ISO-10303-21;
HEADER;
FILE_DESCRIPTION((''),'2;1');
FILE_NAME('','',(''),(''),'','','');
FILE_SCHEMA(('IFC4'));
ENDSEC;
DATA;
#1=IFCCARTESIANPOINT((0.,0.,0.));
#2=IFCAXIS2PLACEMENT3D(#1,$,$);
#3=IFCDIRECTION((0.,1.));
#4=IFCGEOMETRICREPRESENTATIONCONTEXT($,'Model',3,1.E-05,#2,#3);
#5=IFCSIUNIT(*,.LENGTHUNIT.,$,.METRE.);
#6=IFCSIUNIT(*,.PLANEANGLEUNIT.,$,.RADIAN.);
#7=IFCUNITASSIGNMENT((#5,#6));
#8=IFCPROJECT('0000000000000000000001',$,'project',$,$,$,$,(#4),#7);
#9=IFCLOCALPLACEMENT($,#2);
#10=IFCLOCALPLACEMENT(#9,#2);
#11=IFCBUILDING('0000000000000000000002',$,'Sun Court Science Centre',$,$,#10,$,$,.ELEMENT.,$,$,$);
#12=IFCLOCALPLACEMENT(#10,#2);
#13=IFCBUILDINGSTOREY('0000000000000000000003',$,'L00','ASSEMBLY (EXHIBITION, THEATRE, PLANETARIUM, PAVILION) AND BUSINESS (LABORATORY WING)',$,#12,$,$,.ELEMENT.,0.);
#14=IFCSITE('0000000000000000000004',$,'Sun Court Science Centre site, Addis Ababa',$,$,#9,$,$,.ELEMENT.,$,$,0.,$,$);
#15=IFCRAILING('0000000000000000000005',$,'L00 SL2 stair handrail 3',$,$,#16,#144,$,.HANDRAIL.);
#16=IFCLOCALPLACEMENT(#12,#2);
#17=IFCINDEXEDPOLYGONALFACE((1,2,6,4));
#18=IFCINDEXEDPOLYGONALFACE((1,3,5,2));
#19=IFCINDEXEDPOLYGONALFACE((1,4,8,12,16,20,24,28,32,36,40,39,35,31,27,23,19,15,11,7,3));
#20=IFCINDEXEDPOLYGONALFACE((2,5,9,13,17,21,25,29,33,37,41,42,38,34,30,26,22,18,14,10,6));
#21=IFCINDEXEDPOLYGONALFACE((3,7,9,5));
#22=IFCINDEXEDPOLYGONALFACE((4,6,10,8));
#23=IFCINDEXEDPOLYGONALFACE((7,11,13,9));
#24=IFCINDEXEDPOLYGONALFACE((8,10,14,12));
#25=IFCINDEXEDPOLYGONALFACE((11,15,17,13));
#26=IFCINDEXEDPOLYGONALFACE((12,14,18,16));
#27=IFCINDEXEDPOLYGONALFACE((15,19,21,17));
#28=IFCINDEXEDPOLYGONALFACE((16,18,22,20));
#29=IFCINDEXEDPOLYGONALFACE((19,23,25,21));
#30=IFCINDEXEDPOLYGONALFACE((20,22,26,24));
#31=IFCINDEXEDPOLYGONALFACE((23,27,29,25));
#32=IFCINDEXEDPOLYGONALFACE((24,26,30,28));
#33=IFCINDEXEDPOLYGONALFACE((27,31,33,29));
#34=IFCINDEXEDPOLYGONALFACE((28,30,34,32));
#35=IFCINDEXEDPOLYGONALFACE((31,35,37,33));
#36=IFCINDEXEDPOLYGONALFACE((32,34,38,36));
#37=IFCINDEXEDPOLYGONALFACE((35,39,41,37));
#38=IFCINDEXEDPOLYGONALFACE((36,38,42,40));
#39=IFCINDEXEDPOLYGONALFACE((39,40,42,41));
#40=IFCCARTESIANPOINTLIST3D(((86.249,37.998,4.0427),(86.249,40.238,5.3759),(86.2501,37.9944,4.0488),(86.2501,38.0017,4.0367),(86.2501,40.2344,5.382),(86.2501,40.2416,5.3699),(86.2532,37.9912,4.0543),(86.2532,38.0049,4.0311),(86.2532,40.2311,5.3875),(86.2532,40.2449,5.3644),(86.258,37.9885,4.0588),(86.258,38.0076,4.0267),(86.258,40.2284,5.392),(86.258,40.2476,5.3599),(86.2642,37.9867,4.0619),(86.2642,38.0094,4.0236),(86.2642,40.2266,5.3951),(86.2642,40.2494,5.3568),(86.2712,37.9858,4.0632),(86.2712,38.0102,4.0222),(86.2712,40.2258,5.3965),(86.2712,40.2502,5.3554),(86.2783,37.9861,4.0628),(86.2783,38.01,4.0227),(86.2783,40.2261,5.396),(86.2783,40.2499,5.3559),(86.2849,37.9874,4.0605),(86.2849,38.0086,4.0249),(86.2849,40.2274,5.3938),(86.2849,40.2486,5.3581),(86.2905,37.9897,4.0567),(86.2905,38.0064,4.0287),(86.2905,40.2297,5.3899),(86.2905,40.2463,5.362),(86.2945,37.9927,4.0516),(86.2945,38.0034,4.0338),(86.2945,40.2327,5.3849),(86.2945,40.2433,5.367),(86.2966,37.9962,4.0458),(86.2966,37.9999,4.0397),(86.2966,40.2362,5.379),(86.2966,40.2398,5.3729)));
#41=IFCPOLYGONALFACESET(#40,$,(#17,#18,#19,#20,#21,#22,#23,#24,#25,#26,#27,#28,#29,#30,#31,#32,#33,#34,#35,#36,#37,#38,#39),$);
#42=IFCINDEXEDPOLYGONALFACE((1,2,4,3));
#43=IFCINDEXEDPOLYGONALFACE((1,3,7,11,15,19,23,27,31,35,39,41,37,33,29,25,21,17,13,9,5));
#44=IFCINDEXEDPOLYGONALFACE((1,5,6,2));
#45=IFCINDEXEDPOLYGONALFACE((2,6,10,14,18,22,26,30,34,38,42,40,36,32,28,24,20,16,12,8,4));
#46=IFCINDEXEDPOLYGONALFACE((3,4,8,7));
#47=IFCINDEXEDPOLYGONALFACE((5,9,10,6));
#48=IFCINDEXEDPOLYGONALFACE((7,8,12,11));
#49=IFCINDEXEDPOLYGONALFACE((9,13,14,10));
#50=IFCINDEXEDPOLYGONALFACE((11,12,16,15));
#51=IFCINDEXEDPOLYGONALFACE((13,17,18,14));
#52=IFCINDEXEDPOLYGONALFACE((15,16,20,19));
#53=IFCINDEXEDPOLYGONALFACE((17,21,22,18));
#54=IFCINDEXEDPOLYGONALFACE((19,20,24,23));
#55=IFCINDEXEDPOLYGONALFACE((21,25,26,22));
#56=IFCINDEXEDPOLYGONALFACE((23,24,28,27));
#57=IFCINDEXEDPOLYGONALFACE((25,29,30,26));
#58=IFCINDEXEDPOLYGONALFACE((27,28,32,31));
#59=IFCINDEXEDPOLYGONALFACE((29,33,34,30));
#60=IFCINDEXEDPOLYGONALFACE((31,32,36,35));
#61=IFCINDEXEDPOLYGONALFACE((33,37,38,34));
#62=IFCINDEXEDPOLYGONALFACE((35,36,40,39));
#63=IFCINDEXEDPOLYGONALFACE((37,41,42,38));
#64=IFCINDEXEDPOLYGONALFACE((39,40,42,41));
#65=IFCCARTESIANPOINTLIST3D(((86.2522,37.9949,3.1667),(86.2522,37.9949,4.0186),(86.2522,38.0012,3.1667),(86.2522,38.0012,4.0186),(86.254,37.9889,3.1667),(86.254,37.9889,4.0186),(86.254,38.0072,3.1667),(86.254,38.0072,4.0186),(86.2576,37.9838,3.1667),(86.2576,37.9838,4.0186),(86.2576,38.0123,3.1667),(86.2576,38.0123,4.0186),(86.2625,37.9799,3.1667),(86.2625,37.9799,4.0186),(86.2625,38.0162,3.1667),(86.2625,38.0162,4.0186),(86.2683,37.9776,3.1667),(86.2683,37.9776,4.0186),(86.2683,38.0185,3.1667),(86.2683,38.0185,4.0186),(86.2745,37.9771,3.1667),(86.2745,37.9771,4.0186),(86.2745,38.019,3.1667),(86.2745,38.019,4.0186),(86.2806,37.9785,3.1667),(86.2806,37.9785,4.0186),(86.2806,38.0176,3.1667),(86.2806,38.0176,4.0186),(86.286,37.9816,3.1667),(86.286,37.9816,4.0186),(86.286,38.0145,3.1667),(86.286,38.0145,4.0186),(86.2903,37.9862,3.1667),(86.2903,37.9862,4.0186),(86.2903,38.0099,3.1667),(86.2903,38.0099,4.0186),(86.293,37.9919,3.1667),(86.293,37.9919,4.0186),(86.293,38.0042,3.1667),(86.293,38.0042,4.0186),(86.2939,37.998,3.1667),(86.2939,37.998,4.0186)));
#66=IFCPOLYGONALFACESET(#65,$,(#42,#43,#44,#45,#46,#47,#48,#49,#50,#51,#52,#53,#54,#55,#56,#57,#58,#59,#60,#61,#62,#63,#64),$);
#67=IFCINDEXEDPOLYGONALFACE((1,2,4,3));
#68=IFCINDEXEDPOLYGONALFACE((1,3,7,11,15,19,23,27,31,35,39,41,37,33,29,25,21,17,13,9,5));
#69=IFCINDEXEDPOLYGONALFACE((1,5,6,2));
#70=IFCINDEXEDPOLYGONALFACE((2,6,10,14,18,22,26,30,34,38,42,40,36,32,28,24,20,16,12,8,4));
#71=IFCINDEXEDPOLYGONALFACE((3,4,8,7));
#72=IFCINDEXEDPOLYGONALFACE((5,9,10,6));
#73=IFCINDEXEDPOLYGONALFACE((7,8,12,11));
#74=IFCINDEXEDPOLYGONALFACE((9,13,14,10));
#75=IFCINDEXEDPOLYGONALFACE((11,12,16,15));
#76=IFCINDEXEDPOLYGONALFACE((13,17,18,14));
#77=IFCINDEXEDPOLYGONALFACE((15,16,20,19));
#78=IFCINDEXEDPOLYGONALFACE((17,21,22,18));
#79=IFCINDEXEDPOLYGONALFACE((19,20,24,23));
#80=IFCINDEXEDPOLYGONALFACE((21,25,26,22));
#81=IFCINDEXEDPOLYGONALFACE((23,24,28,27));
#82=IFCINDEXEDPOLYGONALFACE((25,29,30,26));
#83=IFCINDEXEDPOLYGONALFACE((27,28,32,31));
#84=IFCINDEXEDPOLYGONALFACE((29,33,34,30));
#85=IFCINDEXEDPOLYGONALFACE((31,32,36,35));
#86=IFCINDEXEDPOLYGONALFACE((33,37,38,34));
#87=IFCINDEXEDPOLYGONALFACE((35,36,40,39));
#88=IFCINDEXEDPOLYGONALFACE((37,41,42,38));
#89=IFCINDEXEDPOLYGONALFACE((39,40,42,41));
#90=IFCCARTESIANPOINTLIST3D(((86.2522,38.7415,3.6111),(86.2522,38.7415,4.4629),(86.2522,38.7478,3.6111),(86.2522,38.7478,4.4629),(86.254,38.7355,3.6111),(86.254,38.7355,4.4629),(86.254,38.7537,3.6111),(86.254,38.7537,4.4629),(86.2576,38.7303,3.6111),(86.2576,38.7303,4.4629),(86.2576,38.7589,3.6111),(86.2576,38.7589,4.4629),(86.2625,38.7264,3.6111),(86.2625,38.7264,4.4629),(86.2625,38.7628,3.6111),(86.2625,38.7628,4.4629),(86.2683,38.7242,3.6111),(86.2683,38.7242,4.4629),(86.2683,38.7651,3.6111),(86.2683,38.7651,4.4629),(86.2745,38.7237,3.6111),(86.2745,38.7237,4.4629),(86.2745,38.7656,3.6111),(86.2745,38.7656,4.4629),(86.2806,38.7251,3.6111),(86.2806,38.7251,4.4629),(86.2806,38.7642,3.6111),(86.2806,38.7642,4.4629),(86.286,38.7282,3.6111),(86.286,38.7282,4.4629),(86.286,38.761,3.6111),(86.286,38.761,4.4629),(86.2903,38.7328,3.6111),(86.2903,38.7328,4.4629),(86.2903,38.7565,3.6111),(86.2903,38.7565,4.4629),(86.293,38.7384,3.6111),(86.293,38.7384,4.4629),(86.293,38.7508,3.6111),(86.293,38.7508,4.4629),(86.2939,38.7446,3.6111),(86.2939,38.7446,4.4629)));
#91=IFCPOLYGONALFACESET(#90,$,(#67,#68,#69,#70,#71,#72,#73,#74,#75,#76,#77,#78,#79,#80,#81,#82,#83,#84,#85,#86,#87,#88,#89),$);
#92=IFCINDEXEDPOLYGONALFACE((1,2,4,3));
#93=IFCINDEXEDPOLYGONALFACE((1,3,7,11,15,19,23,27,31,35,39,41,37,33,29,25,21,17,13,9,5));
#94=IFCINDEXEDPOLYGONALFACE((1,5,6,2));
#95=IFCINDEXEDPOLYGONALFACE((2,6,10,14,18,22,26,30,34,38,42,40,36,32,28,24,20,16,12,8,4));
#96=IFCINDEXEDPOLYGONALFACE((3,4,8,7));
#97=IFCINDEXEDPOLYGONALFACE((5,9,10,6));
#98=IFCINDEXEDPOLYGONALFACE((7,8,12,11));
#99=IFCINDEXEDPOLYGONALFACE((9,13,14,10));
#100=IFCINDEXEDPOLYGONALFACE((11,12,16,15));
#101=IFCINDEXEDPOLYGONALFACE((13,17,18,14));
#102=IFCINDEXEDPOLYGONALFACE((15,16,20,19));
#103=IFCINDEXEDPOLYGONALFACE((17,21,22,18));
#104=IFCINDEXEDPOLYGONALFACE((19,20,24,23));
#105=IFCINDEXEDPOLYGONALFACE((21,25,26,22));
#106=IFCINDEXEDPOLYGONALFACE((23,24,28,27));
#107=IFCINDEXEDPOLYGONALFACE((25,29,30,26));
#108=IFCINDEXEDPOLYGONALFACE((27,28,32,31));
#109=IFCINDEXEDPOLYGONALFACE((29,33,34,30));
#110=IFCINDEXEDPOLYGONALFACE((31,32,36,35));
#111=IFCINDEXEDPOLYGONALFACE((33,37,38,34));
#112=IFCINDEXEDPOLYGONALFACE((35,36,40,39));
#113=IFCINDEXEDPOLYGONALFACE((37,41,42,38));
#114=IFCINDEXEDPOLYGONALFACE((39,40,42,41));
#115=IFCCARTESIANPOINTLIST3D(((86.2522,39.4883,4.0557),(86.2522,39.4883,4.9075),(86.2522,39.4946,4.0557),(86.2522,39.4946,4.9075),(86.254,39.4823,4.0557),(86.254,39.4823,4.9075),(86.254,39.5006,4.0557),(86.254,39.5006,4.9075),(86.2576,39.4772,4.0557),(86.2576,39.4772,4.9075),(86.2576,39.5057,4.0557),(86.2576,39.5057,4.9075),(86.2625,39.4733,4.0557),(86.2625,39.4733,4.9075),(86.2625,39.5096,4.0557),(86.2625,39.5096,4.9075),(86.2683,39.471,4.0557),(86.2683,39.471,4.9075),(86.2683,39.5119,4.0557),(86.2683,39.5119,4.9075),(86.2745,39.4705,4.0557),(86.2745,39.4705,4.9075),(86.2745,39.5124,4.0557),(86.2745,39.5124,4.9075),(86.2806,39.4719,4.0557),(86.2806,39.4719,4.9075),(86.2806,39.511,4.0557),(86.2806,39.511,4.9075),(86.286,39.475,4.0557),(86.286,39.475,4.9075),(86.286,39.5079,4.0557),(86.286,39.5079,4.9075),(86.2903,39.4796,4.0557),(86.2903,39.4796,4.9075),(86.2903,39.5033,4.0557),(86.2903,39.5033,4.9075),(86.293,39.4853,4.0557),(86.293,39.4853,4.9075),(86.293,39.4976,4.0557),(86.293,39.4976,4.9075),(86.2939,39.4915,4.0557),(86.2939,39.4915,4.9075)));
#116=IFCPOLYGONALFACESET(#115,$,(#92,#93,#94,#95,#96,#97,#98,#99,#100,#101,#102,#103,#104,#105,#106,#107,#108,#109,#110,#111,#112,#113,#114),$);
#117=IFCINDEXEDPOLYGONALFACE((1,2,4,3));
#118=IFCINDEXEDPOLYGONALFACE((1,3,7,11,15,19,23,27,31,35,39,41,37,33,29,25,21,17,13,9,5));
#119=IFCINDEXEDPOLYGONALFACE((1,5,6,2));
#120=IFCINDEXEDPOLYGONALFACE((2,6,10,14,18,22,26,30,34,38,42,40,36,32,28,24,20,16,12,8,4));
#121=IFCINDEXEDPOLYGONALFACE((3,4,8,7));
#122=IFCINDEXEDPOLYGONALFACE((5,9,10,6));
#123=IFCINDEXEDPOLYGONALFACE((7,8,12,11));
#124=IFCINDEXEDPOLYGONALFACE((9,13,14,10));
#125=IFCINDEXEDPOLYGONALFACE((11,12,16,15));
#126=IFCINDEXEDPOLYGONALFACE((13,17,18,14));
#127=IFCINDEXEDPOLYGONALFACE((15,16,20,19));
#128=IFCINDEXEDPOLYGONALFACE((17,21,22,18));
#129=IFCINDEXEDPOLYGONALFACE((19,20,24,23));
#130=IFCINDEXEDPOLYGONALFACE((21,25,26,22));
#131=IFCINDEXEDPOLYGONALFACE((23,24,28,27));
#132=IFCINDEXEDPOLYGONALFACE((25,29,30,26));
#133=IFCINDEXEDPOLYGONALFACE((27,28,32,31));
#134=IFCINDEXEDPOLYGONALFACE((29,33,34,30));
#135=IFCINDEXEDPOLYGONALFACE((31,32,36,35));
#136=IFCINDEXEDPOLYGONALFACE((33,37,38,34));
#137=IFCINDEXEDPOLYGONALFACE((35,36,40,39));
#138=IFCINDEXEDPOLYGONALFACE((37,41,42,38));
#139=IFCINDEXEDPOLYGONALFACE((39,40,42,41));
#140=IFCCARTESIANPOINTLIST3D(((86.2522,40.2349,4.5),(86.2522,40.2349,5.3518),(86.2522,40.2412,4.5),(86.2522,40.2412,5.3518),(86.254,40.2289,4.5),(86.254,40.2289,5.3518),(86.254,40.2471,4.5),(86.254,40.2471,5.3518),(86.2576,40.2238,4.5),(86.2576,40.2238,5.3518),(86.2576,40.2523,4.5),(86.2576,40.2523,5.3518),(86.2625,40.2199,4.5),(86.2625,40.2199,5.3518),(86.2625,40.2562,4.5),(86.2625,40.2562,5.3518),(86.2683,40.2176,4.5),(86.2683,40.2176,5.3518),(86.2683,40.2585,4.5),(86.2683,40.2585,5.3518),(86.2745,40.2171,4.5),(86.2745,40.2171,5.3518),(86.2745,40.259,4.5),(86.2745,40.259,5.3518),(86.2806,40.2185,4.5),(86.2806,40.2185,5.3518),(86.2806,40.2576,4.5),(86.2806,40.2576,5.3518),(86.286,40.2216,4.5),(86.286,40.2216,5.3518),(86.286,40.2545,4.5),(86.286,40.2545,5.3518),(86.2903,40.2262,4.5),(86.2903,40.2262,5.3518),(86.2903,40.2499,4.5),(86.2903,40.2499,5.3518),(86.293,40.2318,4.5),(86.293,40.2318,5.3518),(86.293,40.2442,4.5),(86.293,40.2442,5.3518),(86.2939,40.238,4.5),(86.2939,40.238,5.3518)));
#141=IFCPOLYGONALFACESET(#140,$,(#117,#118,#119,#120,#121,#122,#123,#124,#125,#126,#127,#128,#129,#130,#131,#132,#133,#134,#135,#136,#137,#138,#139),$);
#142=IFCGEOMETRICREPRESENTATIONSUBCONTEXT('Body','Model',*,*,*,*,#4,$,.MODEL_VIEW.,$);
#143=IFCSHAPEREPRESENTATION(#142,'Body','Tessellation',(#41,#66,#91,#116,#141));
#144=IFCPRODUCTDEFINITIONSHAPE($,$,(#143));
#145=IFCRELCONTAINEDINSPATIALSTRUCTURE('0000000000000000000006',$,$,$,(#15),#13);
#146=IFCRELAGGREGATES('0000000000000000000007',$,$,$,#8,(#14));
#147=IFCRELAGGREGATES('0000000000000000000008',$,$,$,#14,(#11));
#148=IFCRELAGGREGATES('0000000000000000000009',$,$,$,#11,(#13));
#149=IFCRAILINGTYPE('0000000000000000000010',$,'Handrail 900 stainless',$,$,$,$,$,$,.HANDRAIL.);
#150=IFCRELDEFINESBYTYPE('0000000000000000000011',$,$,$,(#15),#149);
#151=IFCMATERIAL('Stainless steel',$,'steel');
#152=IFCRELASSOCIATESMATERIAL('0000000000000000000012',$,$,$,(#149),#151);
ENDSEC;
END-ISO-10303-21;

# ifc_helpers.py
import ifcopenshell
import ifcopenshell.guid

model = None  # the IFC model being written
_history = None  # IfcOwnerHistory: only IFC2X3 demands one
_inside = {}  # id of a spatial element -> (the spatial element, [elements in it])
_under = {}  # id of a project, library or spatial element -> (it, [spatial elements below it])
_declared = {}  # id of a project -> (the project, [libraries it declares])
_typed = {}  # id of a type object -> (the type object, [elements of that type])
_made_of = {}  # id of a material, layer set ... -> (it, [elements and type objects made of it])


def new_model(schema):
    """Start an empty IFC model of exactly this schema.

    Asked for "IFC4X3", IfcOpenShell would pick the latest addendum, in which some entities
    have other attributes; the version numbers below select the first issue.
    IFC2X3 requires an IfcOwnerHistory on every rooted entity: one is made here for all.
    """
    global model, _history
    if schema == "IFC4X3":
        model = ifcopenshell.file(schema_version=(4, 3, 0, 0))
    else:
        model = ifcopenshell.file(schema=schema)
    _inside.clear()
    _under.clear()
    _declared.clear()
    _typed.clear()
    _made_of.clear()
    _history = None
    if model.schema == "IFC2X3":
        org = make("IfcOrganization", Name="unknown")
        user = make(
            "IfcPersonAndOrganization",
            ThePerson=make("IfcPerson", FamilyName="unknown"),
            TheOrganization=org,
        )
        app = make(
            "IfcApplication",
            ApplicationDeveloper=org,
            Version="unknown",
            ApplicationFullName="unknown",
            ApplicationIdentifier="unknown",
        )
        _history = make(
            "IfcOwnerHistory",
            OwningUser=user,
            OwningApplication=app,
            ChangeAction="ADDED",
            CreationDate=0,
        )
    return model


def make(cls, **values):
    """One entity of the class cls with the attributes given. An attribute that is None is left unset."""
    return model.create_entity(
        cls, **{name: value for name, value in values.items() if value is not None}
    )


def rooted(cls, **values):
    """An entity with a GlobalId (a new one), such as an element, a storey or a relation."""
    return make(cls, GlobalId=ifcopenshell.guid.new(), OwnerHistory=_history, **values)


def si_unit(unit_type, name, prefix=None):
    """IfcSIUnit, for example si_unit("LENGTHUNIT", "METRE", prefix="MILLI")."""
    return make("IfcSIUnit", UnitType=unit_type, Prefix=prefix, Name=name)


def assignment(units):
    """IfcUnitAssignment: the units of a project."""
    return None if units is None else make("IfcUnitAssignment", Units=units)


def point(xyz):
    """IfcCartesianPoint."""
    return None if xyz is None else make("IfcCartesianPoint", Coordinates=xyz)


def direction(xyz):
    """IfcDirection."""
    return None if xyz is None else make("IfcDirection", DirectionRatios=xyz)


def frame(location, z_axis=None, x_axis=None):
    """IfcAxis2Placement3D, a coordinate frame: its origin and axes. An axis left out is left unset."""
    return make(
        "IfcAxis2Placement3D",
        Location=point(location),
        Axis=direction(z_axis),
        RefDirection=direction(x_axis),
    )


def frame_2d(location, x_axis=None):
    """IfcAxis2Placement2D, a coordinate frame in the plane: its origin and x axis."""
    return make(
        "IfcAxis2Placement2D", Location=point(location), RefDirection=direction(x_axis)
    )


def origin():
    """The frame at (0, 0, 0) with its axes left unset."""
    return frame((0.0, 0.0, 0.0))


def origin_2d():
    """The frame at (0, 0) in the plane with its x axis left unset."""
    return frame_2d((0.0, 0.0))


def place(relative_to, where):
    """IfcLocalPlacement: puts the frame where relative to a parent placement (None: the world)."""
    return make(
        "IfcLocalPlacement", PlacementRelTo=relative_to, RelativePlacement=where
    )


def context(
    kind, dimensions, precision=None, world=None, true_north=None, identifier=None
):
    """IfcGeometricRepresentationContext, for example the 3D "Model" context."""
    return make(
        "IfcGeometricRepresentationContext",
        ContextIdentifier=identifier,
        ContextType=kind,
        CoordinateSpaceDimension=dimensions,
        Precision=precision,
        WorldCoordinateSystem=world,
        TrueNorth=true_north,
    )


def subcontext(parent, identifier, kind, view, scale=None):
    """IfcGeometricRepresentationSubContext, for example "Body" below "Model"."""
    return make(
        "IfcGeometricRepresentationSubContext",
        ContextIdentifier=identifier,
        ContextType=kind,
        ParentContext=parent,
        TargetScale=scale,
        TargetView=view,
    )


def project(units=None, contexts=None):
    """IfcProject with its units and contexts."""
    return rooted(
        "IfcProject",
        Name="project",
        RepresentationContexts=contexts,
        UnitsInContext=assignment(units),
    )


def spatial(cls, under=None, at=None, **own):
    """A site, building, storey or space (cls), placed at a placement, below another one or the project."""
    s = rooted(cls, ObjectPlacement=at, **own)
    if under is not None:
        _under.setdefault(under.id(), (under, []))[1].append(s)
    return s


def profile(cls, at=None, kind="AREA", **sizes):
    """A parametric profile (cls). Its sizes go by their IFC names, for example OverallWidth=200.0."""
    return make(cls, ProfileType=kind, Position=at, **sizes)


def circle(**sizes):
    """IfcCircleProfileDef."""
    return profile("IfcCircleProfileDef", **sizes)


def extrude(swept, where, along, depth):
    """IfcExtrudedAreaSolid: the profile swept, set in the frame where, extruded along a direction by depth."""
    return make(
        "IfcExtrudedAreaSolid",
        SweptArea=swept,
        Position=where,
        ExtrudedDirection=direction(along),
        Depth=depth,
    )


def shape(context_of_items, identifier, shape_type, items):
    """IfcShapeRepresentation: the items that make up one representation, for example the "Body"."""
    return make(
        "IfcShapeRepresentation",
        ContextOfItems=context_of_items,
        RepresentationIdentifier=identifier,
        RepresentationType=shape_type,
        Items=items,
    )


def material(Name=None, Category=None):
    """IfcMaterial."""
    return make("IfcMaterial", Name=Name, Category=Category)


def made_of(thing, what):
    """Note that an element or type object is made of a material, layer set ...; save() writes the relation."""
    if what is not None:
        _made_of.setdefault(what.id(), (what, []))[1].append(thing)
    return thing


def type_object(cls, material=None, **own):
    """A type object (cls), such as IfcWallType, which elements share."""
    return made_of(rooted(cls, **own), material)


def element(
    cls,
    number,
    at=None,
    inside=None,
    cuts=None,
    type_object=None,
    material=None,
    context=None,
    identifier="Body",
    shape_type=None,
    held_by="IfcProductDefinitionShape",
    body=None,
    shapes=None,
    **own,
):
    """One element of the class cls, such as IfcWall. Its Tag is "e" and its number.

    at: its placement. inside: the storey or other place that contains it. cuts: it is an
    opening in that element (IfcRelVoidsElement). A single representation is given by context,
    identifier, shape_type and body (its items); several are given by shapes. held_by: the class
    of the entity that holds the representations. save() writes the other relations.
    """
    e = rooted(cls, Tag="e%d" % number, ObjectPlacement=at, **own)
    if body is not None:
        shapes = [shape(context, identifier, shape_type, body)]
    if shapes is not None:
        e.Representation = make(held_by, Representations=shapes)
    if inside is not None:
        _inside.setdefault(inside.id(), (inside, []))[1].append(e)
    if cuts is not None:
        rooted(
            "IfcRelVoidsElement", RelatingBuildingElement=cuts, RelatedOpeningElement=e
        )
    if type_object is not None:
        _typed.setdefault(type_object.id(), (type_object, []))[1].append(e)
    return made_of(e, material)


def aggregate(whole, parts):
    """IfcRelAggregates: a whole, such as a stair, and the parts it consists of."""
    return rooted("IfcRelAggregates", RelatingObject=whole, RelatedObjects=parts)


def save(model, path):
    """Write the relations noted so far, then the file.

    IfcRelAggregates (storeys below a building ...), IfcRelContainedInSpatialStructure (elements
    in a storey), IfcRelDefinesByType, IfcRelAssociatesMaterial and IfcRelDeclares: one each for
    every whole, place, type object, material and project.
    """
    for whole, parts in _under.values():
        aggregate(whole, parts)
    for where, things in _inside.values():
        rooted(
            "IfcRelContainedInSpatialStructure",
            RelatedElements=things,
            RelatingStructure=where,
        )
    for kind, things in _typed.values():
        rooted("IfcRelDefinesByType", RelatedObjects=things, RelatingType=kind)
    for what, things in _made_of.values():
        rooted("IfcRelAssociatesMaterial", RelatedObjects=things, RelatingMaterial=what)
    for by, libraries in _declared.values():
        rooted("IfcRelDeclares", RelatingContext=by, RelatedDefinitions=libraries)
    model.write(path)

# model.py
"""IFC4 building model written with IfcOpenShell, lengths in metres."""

from ifc_helpers import new_model, si_unit, direction, frame, origin, origin_2d, place, context, subcontext, project, spatial, circle, extrude, material, type_object, element, save


model = new_model("IFC4")

# Units and contexts
model_context = context("Model", 3, precision=1e-05, world=origin(), true_north=direction((0.0, 1.0)))
body_context = subcontext(model_context, "Body", "Model", "MODEL_VIEW")
ifc_project = project(units=[si_unit("LENGTHUNIT", "METRE"), si_unit("PLANEANGLEUNIT", "RADIAN")], contexts=[model_context])

# Site, building, storey
site_placement = place(None, origin())
site = spatial("IfcSite", under=ifc_project, at=site_placement, Name="Sun Court Science Centre site, Addis Ababa", CompositionType="ELEMENT", RefElevation=0.0)
building_placement = place(site_placement, origin())
building = spatial("IfcBuilding", under=site, at=building_placement, Name="Sun Court Science Centre", CompositionType="ELEMENT")
storey_placement = place(building_placement, origin())
storey = spatial("IfcBuildingStorey", under=building, at=storey_placement, Name="L00", Description="ASSEMBLY (EXHIBITION, THEATRE, PLANETARIUM, PAVILION) AND BUSINESS (LABORATORY WING)", CompositionType="ELEMENT", Elevation=0.0)

# Railing
ifc_material_1 = material(Name="Stainless steel", Category="steel")
railing_type_1 = type_object("IfcRailingType", Name="Handrail 900 stainless", PredefinedType="HANDRAIL", material=ifc_material_1)
for number, where, name in (
    (1, (86.2729, 37.998, 3.1667), "L00 SL2 stair handrail 3"),
):
    element("IfcRailing", number, at=place(storey_placement, frame(where)), inside=storey, type_object=railing_type_1, Name=name, PredefinedType="HANDRAIL", context=body_context, shape_type="SweptSolid", body=[
        extrude(circle(Radius=0.0239, at=origin_2d()), frame((0.0, 0.0, 0.876), z_axis=(0.0, 0.859306, 0.511462), x_axis=(-1.0, 0.0, 0.0)), (0.0, 0.0, 1.0), 2.6067),
        extrude(circle(Radius=0.021, at=origin_2d()), origin(), (0.0, 0.0, 1.0), 0.8518),
        extrude(circle(Radius=0.021, at=origin_2d()), frame((0.0, 0.7466, 0.4443)), (0.0, 0.0, 1.0), 0.8518),
        extrude(circle(Radius=0.021, at=origin_2d()), frame((0.0, 1.4934, 0.8889)), (0.0, 0.0, 1.0), 0.8518),
        extrude(circle(Radius=0.021, at=origin_2d()), frame((0.0, 2.24, 1.3333)), (0.0, 0.0, 1.0), 0.8518),
    ])

save(model, "model.ifc")
